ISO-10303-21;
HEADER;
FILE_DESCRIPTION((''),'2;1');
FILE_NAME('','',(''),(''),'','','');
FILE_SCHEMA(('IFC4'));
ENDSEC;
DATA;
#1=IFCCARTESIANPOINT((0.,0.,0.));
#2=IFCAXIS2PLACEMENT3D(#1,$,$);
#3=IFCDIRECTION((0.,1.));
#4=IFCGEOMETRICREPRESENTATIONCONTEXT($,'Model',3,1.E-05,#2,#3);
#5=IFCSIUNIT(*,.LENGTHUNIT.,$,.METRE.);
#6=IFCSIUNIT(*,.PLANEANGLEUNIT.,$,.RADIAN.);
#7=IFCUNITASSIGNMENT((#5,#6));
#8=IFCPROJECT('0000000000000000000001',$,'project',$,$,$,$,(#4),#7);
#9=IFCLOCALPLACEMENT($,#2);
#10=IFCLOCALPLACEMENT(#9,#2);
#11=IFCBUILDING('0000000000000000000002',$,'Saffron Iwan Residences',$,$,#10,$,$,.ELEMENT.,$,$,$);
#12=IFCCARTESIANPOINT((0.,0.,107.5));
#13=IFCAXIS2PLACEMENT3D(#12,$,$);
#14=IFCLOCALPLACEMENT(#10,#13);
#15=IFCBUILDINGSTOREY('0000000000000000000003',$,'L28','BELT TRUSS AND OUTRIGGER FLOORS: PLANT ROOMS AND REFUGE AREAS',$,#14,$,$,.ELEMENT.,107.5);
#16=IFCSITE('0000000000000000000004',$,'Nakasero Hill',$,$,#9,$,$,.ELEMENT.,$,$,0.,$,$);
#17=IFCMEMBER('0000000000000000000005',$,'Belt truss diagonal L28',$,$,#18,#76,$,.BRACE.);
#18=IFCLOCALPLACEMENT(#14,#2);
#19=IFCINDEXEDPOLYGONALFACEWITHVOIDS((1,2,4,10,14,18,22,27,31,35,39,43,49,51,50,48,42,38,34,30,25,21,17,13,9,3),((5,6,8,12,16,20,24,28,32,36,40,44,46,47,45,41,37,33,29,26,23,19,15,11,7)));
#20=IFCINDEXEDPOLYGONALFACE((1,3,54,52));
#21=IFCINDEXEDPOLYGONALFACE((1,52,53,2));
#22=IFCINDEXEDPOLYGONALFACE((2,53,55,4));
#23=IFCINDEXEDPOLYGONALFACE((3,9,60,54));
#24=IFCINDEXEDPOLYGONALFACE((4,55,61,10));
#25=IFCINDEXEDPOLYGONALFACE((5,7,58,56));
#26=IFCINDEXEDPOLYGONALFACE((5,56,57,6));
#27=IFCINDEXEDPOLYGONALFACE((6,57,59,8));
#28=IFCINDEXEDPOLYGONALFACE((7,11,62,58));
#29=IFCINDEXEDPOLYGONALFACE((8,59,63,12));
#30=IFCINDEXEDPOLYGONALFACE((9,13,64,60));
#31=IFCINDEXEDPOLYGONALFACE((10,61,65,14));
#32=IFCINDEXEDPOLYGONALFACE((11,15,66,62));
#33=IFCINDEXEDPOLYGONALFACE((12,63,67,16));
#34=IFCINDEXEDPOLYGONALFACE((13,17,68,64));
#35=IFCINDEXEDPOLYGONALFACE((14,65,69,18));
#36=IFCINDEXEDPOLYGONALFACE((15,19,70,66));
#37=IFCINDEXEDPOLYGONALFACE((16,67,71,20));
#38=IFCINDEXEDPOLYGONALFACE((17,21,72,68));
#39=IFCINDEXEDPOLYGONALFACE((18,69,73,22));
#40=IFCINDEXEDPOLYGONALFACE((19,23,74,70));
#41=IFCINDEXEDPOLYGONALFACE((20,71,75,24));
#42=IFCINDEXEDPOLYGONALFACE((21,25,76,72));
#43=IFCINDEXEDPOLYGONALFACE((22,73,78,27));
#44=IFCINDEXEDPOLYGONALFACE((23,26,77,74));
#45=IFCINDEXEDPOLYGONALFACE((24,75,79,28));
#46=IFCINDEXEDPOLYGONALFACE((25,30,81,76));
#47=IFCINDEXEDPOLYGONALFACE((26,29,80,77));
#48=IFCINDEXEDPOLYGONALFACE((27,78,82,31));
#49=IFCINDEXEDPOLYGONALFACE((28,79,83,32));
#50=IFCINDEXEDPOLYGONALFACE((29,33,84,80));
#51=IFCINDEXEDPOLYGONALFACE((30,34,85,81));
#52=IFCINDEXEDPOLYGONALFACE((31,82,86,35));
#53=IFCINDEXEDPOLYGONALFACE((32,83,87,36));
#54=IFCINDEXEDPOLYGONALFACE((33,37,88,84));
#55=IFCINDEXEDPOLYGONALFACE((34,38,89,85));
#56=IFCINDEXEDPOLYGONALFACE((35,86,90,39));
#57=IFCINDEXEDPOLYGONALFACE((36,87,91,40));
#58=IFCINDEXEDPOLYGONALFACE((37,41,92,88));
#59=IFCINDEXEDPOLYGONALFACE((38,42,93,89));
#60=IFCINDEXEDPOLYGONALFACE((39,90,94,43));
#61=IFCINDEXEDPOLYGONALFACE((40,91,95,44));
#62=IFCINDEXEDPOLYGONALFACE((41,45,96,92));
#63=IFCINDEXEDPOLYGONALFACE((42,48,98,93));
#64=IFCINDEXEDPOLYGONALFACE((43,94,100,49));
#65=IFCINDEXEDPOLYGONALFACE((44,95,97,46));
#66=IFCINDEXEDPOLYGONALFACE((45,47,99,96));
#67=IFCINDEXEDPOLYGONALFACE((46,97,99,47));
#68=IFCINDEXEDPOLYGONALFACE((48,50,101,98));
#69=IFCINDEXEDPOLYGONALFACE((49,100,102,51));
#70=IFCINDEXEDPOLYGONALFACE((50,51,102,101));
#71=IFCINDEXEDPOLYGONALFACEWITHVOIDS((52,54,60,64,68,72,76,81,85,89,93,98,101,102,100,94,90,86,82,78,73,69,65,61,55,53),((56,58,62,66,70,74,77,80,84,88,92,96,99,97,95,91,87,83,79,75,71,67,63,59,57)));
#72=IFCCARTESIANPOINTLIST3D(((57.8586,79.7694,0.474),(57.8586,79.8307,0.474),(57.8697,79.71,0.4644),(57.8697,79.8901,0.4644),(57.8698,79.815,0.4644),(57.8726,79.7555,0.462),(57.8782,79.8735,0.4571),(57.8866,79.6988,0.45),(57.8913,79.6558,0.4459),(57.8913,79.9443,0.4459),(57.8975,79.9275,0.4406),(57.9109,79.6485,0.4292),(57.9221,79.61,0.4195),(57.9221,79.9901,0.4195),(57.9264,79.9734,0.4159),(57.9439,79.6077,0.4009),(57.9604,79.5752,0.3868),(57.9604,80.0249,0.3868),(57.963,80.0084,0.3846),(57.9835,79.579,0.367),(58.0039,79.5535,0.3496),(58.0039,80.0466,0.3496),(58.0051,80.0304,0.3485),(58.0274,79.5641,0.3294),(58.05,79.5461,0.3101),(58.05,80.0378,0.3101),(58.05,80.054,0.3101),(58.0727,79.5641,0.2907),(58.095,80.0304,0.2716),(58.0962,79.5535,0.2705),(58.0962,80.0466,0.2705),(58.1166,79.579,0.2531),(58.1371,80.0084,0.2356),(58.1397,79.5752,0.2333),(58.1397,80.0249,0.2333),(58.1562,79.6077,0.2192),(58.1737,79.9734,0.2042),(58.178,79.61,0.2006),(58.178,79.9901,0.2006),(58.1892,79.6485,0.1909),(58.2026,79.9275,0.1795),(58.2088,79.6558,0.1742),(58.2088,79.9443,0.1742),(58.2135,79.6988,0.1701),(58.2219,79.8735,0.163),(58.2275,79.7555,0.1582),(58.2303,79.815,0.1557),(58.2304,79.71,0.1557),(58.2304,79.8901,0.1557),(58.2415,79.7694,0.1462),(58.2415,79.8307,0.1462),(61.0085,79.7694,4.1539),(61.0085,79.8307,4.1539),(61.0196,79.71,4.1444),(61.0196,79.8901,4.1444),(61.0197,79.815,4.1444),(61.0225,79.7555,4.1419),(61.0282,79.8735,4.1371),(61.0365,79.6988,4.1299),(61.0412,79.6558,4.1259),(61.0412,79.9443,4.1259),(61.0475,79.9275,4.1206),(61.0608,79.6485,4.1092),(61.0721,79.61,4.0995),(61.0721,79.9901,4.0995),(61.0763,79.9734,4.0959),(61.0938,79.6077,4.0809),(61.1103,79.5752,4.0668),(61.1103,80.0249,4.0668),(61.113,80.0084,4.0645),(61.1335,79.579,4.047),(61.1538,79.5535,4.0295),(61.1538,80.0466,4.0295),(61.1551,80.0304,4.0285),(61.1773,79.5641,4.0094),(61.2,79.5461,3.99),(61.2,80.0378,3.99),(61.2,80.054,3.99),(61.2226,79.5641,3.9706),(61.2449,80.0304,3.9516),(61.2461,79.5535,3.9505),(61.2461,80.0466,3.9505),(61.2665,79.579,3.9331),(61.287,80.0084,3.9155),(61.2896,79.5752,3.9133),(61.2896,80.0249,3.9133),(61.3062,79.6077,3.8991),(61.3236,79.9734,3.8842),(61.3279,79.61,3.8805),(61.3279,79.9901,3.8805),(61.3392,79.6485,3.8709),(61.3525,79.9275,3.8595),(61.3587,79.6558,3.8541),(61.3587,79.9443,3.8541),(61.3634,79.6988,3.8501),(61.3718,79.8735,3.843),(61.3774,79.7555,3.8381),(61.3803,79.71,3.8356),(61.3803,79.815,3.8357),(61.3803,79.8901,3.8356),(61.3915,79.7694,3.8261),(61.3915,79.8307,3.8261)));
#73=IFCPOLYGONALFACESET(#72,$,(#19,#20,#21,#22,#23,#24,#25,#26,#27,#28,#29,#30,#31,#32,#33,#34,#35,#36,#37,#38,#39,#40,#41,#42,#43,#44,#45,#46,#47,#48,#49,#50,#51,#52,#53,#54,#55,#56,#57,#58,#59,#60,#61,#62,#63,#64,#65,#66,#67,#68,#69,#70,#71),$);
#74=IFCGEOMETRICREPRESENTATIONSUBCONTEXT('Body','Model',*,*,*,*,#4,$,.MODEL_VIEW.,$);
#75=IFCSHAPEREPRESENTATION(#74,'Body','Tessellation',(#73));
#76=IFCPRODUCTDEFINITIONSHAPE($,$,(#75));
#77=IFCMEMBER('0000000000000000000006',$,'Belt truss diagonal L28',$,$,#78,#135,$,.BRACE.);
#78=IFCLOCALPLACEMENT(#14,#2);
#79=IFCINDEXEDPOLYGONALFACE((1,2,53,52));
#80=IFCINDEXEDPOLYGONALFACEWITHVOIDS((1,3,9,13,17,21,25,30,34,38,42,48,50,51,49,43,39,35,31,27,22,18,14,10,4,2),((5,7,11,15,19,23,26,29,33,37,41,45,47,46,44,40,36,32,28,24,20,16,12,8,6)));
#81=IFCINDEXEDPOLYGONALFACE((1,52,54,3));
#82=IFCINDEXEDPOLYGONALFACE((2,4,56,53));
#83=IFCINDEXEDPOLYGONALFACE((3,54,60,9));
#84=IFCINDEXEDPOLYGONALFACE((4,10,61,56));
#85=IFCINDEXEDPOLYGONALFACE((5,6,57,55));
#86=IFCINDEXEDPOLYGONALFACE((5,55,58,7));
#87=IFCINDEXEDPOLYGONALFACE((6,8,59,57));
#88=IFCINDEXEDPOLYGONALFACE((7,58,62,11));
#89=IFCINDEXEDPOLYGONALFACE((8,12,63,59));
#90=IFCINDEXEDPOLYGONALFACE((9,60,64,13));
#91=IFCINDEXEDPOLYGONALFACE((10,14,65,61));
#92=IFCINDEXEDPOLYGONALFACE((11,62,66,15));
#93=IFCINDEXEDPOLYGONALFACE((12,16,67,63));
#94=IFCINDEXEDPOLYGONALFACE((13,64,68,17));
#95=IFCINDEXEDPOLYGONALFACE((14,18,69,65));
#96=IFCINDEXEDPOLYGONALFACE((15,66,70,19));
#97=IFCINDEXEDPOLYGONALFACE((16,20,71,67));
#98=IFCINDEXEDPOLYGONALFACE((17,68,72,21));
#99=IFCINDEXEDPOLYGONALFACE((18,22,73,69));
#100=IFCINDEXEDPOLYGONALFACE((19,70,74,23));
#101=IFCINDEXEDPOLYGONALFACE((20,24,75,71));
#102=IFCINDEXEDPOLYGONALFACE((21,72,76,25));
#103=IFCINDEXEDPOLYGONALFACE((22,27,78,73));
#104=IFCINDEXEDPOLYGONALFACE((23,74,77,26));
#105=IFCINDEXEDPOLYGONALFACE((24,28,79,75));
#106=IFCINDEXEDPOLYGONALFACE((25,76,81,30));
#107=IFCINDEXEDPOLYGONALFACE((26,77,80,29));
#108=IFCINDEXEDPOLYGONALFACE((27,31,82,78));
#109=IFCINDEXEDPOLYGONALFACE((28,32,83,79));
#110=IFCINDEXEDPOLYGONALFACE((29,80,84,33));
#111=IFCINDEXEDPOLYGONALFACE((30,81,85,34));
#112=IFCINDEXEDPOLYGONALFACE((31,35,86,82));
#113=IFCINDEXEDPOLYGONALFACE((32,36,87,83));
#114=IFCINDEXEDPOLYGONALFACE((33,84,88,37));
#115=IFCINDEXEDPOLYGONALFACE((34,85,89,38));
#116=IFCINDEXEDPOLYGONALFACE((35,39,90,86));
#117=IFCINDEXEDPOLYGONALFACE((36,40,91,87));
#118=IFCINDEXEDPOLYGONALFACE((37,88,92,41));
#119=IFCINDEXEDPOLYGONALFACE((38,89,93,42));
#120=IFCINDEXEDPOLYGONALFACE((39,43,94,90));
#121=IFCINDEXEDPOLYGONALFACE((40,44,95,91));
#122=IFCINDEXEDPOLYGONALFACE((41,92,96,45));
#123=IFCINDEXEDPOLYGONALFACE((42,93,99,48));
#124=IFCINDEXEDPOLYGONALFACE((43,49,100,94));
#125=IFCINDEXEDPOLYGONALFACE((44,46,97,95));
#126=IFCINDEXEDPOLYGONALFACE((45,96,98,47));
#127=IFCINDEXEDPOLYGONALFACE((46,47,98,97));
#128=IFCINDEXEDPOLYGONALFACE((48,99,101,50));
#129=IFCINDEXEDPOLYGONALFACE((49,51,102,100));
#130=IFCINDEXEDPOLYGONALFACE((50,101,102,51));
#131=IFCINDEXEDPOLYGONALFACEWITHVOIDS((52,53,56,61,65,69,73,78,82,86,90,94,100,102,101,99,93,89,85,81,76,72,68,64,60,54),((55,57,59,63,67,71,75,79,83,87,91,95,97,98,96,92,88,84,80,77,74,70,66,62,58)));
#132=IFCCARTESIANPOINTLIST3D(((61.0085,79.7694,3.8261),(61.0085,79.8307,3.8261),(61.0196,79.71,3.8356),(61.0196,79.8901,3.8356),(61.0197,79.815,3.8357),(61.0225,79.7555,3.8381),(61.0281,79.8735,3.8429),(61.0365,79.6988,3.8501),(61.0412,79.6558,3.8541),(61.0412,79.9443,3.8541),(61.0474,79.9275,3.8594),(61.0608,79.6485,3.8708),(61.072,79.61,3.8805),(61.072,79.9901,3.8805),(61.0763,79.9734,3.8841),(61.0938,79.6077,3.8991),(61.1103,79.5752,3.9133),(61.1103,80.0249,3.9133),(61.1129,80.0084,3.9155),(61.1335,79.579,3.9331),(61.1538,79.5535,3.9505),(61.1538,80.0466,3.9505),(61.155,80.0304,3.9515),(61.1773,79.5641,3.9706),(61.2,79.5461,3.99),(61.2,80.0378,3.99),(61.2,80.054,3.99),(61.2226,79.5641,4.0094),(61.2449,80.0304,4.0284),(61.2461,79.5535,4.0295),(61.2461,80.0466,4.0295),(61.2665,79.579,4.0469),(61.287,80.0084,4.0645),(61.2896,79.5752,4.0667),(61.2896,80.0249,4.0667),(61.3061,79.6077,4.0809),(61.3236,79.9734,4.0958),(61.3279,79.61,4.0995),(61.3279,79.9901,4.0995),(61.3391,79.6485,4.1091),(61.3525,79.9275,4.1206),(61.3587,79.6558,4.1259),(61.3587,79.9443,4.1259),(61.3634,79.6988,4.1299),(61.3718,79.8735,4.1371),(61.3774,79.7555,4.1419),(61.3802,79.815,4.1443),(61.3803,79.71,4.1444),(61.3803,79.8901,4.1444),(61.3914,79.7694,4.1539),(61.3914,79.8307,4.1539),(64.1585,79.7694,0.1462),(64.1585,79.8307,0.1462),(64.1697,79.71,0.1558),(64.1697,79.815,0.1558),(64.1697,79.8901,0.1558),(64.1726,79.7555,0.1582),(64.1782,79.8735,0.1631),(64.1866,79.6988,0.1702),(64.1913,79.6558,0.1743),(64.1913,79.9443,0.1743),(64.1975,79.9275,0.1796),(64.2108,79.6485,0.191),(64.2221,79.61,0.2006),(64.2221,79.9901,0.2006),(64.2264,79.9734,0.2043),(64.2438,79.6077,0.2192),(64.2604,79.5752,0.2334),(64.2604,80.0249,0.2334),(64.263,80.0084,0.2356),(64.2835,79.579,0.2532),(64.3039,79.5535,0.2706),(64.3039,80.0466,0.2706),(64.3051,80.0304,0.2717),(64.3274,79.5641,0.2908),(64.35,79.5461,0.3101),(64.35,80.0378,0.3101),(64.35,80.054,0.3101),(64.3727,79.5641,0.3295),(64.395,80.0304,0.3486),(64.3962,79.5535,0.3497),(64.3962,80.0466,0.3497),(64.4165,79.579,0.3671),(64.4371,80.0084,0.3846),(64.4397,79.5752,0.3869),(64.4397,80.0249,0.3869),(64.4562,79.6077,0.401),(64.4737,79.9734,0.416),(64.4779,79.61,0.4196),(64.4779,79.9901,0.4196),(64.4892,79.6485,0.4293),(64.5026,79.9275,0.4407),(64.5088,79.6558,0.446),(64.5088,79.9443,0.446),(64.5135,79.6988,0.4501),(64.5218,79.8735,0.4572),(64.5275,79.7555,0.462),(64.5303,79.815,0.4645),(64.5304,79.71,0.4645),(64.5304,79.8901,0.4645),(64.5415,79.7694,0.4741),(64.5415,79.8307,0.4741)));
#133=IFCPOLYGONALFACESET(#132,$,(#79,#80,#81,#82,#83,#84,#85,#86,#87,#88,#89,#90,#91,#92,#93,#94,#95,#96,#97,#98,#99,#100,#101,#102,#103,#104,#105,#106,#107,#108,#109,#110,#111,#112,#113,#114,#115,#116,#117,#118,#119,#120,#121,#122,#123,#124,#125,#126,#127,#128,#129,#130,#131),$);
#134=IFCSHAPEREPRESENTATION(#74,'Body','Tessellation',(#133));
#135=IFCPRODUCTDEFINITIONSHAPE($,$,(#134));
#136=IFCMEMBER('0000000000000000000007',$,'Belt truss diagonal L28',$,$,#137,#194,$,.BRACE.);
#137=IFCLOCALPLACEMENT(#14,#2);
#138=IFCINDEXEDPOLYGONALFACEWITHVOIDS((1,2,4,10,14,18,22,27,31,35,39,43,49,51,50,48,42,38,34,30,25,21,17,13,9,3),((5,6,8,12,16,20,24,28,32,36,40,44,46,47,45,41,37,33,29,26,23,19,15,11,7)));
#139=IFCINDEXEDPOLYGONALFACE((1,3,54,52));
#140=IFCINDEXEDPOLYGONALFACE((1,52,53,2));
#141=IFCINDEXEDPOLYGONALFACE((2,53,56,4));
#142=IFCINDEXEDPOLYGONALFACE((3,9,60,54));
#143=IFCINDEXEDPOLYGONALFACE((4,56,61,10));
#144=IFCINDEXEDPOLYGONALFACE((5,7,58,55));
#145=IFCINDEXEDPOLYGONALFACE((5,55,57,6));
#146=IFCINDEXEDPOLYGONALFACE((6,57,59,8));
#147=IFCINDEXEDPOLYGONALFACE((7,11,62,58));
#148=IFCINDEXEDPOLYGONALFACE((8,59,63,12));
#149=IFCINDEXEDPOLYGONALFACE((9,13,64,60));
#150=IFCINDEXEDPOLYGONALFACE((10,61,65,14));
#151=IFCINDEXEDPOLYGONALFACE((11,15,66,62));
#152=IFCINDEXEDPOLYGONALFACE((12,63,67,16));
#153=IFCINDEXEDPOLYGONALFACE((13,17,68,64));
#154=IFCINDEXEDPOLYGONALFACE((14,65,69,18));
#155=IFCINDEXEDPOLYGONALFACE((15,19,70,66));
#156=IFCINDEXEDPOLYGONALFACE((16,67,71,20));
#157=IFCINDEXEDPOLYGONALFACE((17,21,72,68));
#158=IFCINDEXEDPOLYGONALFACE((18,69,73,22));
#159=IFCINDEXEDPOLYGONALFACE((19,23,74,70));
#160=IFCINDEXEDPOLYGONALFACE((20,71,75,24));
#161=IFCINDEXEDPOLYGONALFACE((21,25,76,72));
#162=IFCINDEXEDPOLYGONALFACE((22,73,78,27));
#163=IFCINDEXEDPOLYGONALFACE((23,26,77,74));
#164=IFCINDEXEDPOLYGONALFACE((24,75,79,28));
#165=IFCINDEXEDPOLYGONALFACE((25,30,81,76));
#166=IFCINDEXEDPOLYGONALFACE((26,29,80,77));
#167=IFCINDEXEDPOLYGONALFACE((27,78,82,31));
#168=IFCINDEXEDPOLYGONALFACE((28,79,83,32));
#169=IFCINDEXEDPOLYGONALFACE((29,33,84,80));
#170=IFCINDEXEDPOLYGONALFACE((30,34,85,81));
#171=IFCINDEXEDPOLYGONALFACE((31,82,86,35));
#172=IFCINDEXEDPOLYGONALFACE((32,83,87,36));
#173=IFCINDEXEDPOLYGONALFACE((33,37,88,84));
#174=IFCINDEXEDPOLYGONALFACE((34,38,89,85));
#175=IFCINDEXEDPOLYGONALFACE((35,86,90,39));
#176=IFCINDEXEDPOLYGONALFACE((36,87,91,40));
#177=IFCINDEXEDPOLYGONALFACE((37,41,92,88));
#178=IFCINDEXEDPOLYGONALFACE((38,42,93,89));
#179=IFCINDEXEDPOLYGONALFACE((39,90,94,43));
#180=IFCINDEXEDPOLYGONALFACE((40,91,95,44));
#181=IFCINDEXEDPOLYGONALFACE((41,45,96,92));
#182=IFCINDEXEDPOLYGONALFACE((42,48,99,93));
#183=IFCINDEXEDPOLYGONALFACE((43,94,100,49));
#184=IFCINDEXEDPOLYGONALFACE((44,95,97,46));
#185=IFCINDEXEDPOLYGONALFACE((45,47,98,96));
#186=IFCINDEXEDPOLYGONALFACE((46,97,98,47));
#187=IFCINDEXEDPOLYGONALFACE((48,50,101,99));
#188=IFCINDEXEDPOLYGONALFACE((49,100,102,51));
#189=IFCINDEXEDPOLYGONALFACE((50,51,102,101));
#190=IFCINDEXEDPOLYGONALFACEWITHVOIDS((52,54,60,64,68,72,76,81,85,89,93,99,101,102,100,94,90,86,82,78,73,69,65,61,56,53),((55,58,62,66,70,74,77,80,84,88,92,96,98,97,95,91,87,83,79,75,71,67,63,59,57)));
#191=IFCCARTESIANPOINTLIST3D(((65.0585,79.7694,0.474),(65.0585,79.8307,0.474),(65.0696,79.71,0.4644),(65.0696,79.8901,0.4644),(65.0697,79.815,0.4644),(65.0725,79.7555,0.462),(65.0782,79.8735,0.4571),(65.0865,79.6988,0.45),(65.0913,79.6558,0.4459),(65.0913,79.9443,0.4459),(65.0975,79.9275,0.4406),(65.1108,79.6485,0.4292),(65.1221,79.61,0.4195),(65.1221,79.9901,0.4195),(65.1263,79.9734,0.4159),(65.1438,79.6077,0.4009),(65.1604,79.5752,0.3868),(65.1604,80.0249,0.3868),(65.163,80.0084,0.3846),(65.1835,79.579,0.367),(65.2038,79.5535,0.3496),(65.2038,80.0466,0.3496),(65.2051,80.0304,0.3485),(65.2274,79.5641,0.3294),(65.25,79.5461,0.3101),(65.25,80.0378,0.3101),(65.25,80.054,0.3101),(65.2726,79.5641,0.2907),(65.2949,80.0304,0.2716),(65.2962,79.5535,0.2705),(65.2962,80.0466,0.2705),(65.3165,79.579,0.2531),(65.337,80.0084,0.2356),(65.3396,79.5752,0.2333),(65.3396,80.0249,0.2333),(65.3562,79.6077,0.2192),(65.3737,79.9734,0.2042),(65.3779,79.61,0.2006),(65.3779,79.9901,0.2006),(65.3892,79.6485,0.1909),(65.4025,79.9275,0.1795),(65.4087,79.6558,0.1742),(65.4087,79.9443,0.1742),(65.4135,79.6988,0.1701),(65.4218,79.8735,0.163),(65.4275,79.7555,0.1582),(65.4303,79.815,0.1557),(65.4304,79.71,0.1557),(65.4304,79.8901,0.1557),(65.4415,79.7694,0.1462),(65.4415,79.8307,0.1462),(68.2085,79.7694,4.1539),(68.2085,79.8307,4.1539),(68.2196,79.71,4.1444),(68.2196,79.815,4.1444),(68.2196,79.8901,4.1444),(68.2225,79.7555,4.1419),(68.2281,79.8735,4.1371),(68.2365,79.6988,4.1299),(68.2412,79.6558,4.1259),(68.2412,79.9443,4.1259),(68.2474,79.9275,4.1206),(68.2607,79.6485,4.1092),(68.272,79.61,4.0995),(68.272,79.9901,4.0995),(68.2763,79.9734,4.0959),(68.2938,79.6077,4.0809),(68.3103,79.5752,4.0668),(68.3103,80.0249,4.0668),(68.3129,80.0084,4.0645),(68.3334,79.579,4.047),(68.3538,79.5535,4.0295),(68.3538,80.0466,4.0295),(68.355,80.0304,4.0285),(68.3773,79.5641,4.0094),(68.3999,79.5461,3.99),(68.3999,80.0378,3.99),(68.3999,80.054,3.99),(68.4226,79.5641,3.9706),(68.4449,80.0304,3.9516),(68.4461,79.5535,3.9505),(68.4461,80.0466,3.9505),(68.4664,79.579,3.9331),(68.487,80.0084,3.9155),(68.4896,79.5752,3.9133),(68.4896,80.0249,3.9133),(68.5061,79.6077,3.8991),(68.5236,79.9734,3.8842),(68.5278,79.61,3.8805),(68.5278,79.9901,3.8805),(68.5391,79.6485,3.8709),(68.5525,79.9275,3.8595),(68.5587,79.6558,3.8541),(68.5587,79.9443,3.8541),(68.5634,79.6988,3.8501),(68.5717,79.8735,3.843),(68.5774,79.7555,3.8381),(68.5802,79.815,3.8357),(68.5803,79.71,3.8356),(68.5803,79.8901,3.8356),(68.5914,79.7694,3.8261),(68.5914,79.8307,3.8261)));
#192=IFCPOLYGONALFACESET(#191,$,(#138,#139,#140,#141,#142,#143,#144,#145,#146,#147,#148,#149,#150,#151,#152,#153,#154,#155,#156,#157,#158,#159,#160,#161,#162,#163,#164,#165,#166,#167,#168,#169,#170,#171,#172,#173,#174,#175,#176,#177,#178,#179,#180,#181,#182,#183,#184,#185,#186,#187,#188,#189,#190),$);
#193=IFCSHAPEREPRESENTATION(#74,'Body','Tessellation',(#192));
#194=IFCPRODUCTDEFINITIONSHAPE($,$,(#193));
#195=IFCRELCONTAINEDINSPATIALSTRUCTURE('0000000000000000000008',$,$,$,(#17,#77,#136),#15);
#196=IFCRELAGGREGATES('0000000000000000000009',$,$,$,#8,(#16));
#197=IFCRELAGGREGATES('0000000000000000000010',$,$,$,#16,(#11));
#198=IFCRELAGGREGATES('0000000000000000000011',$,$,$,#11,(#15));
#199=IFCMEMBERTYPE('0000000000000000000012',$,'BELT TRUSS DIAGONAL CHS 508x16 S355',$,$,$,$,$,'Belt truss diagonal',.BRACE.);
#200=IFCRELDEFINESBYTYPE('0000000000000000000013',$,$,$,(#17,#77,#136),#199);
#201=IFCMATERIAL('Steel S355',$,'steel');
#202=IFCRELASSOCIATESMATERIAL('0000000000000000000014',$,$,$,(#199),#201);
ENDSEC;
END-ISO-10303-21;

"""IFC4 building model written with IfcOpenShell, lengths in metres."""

from ifc_helpers import new_model, si_unit, direction, frame, origin, origin_2d, place, context, subcontext, project, spatial, hollow_circle, extrude, source, transform, mapped, material, material_profile, profile_set, type_object, element, save


model = new_model("IFC4")

# Units and contexts
model_context = context("Model", 3, precision=1e-05, world=origin(), true_north=direction((0.0, 1.0)))
body_context = subcontext(model_context, "Body", "Model", "MODEL_VIEW")
ifc_project = project(units=[si_unit("LENGTHUNIT", "METRE"), si_unit("PLANEANGLEUNIT", "RADIAN")], contexts=[model_context])

# Site, building, storey
site_placement = place(None, origin())
site = spatial("IfcSite", under=ifc_project, at=site_placement, Name="Nakasero Hill", CompositionType="ELEMENT", RefElevation=0.0)
building_placement = place(site_placement, origin())
building = spatial("IfcBuilding", under=site, at=building_placement, Name="Saffron Iwan Residences", CompositionType="ELEMENT")
storey_placement = place(building_placement, frame((0.0, 0.0, 107.5)))
storey = spatial("IfcBuildingStorey", under=building, at=storey_placement, Name="L28", Description="BELT TRUSS AND OUTRIGGER FLOORS: PLANT ROOMS AND REFUGE AREAS", CompositionType="ELEMENT", Elevation=107.5)

# Members
ifc_material_1 = material(Name="Steel S355", Category="steel")
ifc_material_profile_1 = material_profile(ifc_material_1, hollow_circle(Radius=0.2539, WallThickness=0.0161, at=origin_2d()), Name="CHS 508x16")
ifc_profile_set_1 = profile_set([ifc_material_profile_1], Name="Steel S355")
member_type_1 = type_object("IfcMemberType", Name="BELT TRUSS DIAGONAL CHS 508x16 S355", ElementType="Belt truss diagonal", PredefinedType="BRACE", material=ifc_profile_set_1)
shared_shape_1 = source(origin(), body_context, "Body", "SweptSolid", [
    extrude(hollow_circle(Radius=0.2539, WallThickness=0.0161, at=origin_2d()), origin(), (0.0, 0.0, 1.0), 4.844),
])
for number, where, z_axis, x_axis, name in (
    (1, (58.05, 79.8, 0.3101), (0.650277, 0.0, 0.759698), (0.0, 1.0, 0.0), "Belt truss diagonal L28"),
    (2, (61.2, 79.8, 3.99), (0.650306, 0.0, -0.759673), (0.0, 1.0, 0.0), "Belt truss diagonal L28"),
    (3, (65.25, 79.8, 0.3101), (0.650277, 0.0, 0.759698), (0.0, 1.0, 0.0), "Belt truss diagonal L28"),
):
    element("IfcMember", number, at=place(storey_placement, frame(where, z_axis=z_axis, x_axis=x_axis)), inside=storey, type_object=member_type_1, Name=name, PredefinedType="BRACE", context=body_context, shape_type="MappedRepresentation", body=[
        mapped(shared_shape_1, transform((0.0, 0.0, 0.0))),
    ])

save(model, "model.ifc")
